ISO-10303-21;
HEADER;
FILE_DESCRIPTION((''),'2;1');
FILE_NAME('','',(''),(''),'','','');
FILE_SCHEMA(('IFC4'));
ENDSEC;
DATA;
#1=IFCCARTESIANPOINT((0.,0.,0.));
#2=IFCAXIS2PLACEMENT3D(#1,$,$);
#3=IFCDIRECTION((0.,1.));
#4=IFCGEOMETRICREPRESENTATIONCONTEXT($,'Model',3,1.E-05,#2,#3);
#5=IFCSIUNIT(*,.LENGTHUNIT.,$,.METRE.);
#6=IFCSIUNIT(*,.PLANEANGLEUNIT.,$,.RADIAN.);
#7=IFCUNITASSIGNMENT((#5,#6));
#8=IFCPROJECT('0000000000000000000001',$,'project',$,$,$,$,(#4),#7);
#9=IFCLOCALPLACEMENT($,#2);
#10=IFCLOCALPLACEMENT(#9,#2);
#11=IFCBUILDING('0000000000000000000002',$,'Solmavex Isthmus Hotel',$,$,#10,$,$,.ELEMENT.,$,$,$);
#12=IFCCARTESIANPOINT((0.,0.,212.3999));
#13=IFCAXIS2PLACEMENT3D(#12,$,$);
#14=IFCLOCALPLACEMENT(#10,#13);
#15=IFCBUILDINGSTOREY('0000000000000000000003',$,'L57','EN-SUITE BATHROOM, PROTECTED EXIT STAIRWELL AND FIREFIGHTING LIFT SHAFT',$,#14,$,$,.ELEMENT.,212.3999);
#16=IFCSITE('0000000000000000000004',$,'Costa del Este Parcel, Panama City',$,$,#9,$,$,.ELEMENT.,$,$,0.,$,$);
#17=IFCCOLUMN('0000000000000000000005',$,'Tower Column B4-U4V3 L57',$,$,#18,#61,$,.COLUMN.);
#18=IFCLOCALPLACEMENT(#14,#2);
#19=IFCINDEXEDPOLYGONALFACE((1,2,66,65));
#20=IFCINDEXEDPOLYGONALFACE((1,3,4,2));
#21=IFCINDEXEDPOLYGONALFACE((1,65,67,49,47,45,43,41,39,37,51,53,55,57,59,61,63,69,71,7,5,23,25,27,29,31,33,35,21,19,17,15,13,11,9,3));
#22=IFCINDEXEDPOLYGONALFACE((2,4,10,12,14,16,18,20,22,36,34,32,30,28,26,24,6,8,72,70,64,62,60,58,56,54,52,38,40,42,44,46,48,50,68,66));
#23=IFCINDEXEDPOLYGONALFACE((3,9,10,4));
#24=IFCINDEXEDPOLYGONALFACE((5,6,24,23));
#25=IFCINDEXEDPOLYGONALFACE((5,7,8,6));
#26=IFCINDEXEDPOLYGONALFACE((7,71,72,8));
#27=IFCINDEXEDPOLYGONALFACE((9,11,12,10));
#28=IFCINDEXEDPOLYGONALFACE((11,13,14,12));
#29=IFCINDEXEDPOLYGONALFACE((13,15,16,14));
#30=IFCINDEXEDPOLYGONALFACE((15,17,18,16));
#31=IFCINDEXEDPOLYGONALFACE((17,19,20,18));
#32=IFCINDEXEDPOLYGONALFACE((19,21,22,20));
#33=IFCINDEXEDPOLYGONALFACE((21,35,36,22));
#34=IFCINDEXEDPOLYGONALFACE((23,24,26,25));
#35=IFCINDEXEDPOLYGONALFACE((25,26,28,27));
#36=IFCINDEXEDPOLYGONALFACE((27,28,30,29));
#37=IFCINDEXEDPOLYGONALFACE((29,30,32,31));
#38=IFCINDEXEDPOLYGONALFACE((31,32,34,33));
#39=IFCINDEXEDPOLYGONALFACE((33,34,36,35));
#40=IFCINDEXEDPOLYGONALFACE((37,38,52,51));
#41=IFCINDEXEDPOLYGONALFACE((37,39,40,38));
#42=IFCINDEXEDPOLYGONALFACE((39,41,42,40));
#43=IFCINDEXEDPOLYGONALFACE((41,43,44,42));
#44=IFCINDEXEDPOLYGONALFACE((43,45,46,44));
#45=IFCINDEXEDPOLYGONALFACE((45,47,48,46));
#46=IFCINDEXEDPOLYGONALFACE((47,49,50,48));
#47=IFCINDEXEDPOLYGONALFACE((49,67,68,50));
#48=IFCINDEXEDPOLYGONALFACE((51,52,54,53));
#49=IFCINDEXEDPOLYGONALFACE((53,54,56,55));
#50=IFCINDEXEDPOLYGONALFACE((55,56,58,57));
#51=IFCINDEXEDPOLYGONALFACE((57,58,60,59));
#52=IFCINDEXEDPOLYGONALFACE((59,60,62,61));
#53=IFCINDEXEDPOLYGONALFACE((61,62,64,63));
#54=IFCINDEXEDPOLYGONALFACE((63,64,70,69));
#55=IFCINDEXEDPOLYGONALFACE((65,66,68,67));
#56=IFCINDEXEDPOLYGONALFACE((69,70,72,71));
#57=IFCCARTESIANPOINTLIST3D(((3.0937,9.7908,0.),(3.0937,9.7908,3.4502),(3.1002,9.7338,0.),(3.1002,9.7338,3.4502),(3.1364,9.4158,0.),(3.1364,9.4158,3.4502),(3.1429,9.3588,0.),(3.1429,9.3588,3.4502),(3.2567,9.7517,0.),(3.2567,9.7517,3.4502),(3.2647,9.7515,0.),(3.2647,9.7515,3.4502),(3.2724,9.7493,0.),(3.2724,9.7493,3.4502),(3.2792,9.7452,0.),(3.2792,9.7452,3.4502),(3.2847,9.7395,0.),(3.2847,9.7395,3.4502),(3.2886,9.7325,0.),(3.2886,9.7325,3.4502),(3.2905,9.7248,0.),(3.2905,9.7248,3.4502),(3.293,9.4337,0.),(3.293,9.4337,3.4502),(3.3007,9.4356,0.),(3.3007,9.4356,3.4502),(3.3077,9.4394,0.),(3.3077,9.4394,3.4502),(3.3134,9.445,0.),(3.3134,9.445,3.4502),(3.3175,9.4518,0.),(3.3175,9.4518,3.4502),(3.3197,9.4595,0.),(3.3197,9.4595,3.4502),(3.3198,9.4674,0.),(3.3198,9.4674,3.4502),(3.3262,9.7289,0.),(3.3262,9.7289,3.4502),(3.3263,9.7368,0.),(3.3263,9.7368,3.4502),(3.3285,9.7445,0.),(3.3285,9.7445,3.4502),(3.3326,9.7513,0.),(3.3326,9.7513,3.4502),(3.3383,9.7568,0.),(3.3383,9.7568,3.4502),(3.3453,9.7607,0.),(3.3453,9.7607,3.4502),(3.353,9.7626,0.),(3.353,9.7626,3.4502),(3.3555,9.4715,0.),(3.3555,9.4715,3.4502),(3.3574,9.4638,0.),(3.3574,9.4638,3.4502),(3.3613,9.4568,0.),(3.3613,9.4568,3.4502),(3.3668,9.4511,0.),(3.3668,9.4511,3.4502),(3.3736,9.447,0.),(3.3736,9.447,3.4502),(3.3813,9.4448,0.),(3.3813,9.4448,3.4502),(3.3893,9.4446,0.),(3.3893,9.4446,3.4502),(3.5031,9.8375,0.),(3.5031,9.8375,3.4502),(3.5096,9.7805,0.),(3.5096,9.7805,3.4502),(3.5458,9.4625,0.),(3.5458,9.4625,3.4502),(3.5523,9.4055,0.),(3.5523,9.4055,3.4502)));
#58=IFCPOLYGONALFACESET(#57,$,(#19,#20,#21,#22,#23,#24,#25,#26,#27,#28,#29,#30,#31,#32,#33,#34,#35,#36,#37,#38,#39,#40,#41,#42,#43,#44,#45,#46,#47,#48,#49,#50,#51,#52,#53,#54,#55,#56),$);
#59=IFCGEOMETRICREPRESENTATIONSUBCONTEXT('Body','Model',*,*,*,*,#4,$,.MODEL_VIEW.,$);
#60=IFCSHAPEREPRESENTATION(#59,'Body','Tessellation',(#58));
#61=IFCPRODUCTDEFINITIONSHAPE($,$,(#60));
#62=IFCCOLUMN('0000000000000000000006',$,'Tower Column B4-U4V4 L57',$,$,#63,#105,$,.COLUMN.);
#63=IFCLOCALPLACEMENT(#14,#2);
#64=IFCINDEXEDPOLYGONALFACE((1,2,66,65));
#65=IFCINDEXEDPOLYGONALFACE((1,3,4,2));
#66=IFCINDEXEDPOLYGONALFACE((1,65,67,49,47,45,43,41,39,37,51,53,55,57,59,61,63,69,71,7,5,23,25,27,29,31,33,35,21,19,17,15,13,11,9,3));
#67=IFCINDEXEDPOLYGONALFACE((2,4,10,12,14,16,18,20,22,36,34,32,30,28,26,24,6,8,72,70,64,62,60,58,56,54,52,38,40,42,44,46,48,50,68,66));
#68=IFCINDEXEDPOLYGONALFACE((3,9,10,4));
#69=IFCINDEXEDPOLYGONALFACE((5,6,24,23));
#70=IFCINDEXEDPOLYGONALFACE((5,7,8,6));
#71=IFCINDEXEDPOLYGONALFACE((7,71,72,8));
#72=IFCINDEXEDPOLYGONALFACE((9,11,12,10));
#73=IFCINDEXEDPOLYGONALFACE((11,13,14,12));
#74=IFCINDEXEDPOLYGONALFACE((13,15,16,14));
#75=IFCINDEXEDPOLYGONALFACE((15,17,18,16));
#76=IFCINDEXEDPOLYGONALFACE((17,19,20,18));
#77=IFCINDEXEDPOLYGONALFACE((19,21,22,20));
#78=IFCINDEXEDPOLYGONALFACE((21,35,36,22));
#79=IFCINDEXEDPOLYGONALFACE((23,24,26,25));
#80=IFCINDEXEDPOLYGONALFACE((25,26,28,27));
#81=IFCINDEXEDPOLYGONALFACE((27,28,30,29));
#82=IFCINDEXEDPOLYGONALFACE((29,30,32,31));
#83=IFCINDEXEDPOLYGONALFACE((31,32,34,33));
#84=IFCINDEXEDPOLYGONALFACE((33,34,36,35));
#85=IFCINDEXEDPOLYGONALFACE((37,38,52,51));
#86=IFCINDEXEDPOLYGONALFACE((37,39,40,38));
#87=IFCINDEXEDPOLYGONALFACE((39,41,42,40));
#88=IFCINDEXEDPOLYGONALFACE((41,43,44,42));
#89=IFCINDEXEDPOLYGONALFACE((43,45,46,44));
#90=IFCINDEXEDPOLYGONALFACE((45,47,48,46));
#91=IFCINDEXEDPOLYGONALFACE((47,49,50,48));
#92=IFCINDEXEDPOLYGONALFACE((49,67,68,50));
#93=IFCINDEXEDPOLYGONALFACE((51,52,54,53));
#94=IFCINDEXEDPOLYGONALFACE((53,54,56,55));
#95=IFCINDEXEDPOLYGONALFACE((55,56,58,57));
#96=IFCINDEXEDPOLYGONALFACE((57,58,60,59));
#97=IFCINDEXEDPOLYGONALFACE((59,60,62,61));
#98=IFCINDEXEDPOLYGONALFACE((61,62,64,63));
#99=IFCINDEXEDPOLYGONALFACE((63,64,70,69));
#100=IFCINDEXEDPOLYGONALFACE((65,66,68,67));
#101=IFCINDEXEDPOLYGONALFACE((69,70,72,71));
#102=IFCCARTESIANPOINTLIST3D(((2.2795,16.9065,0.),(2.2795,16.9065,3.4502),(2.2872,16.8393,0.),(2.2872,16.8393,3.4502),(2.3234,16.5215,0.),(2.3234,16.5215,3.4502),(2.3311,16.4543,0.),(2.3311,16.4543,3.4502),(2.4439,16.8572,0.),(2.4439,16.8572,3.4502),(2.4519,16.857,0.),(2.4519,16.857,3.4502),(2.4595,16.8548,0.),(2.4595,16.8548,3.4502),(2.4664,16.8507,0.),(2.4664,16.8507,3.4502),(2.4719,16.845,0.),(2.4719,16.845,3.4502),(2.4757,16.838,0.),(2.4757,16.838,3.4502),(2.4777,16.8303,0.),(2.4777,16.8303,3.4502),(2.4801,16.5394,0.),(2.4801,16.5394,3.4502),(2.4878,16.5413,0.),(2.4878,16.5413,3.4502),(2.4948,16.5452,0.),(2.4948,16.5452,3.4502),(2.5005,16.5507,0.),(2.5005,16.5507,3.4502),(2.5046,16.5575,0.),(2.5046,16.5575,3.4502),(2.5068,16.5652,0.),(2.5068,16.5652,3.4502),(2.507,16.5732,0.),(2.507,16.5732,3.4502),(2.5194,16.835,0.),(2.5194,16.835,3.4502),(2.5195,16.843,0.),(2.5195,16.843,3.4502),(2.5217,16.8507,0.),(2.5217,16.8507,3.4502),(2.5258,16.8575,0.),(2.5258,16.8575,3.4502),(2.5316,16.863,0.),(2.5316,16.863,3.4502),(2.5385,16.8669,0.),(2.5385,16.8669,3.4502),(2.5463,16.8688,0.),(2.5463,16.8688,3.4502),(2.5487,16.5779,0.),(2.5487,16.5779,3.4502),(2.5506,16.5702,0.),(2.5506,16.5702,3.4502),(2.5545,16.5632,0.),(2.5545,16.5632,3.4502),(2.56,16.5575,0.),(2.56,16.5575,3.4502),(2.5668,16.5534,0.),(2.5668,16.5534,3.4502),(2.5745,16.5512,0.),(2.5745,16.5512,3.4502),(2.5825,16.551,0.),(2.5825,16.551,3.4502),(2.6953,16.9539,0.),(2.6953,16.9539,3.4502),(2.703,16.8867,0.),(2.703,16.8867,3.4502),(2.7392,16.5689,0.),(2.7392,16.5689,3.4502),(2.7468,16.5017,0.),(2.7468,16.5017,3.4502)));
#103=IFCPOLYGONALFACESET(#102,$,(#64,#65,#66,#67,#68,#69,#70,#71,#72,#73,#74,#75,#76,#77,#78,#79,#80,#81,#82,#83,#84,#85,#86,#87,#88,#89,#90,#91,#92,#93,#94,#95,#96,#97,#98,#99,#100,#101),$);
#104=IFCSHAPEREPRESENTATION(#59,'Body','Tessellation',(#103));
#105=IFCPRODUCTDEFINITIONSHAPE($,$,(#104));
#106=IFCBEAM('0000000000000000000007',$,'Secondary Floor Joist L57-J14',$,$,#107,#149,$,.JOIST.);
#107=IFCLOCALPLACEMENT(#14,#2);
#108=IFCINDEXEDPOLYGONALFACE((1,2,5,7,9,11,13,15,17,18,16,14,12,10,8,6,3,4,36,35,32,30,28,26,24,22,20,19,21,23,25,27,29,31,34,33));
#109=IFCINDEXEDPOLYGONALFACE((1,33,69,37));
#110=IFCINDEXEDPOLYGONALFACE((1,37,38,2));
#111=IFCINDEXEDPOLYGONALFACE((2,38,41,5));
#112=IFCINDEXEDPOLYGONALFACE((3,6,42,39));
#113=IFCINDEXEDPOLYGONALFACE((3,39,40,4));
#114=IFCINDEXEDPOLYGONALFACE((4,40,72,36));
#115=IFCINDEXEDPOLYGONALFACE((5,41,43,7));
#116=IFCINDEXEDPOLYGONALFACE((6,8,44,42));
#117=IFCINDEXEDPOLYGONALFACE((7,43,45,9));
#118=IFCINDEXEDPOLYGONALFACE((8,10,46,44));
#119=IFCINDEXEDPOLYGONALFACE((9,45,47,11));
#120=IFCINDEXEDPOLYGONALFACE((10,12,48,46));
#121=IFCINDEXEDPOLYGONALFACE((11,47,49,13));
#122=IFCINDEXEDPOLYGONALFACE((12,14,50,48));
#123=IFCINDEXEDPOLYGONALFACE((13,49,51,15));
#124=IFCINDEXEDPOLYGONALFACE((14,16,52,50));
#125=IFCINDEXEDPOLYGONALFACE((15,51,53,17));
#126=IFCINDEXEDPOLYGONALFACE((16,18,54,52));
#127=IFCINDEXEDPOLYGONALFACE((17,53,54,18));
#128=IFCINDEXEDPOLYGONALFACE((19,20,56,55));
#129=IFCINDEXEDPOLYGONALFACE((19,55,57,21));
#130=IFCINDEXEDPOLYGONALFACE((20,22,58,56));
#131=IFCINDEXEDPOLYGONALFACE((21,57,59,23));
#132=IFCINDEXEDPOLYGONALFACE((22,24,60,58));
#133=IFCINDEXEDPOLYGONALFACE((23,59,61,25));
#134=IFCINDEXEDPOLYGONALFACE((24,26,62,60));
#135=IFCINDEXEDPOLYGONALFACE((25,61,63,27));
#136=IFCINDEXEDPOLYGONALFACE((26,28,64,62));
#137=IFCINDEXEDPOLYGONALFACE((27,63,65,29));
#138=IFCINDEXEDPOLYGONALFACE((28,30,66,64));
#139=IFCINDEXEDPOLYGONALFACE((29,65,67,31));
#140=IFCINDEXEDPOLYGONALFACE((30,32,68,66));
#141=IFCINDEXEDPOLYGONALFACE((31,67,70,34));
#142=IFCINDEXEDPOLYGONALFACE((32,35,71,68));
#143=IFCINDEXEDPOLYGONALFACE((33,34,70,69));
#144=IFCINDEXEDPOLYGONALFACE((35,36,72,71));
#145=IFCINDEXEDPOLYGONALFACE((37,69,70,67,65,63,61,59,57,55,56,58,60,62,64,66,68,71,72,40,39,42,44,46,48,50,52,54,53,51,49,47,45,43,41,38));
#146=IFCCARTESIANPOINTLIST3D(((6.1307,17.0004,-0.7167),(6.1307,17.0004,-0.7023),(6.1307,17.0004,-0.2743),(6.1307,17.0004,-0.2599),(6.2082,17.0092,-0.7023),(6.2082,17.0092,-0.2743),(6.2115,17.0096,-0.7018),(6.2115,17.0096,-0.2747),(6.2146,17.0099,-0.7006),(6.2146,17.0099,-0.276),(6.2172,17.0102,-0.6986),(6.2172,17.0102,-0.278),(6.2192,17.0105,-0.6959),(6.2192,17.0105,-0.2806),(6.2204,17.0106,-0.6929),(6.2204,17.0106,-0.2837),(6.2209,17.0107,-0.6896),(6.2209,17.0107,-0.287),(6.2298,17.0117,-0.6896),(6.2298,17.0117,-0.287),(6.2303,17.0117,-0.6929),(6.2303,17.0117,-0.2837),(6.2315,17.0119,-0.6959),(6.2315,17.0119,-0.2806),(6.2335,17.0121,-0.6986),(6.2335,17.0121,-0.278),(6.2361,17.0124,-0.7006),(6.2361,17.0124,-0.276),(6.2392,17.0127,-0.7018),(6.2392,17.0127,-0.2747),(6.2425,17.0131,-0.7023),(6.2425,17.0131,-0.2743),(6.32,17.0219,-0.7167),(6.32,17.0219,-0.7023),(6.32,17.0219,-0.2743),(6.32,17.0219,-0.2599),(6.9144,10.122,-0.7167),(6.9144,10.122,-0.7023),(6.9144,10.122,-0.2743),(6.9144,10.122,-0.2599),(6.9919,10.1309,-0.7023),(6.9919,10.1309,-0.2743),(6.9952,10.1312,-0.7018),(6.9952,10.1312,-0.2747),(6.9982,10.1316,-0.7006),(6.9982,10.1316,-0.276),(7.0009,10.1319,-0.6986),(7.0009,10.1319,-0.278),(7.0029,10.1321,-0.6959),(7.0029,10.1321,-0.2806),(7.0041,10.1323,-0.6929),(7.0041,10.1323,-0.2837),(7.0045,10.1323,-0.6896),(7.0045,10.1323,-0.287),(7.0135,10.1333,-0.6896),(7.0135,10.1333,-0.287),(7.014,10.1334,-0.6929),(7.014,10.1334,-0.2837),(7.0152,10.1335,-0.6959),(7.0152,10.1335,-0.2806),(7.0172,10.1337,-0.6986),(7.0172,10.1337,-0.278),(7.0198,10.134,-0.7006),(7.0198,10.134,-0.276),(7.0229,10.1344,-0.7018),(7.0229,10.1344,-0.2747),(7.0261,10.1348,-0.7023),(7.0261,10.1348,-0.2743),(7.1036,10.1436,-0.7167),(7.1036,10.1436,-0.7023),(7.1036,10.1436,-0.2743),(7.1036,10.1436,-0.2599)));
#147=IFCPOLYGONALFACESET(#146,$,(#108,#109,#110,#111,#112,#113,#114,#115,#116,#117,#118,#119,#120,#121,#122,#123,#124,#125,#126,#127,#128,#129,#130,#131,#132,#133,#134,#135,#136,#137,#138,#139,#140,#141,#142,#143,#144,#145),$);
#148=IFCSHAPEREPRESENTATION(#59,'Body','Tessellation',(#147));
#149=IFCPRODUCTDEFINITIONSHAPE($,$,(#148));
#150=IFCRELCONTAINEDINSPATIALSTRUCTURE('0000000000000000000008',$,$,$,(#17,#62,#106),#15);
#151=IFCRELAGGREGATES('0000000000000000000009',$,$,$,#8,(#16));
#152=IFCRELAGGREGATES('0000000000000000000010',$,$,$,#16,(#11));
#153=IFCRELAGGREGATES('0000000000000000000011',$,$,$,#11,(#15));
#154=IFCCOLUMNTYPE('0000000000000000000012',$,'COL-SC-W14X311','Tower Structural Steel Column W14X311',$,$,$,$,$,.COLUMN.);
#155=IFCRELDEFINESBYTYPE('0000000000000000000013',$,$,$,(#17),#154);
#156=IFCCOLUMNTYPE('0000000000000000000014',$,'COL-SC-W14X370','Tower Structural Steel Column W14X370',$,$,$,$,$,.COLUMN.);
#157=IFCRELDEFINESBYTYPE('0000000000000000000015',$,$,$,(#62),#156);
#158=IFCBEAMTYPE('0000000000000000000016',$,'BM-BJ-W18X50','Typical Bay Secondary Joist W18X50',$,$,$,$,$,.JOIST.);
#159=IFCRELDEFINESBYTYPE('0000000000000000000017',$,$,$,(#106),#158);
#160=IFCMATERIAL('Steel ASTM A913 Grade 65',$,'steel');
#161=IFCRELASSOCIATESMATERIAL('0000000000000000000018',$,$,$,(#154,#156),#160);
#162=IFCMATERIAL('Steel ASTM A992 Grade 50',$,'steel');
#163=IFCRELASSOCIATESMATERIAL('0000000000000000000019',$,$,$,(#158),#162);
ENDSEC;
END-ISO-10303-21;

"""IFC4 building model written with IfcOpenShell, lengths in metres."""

from ifc_helpers import new_model, si_unit, direction, frame, origin, origin_2d, place, context, subcontext, project, spatial, i_section, extrude, material, material_profile, profile_set, type_object, element, save


model = new_model("IFC4")

# Units and contexts
model_context = context("Model", 3, precision=1e-05, world=origin(), true_north=direction((0.0, 1.0)))
body_context = subcontext(model_context, "Body", "Model", "MODEL_VIEW")
ifc_project = project(units=[si_unit("LENGTHUNIT", "METRE"), si_unit("PLANEANGLEUNIT", "RADIAN")], contexts=[model_context])

# Site, building, storey
site_placement = place(None, origin())
site = spatial("IfcSite", under=ifc_project, at=site_placement, Name="Costa del Este Parcel, Panama City", CompositionType="ELEMENT", RefElevation=0.0)
building_placement = place(site_placement, origin())
building = spatial("IfcBuilding", under=site, at=building_placement, Name="Solmavex Isthmus Hotel", CompositionType="ELEMENT")
storey_placement = place(building_placement, frame((0.0, 0.0, 212.3999)))
storey = spatial("IfcBuildingStorey", under=building, at=storey_placement, Name="L57", Description="EN-SUITE BATHROOM, PROTECTED EXIT STAIRWELL AND FIREFIGHTING LIFT SHAFT", CompositionType="ELEMENT", Elevation=212.3999)

# Columns
ifc_material_1 = material(Name="Steel ASTM A913 Grade 65", Category="steel")
ifc_material_profile_1 = material_profile(ifc_material_1, i_section(OverallWidth=0.4121, OverallDepth=0.4348, WebThickness=0.0359, FlangeThickness=0.0574, FilletRadius=0.0305, at=origin_2d()), Name="W14X311")
ifc_profile_set_1 = profile_set([ifc_material_profile_1], Name="Steel ASTM A913 Grade 65")
column_type_1 = type_object("IfcColumnType", Name="COL-SC-W14X311", Description="Tower Structural Steel Column W14X311", PredefinedType="COLUMN", material=ifc_profile_set_1)
column_1_placement = place(storey_placement, frame((3.323, 9.5981, 0.0), z_axis=(0.0, 0.0, 1.0), x_axis=(0.993572, 0.113203, 0.0)))
element("IfcColumn", 1, at=column_1_placement, inside=storey, type_object=column_type_1, Name="Tower Column B4-U4V3 L57", PredefinedType="COLUMN", context=body_context, shape_type="SweptSolid", body=[
    extrude(i_section(OverallWidth=0.4121, OverallDepth=0.4348, WebThickness=0.0359, FlangeThickness=0.0574, FilletRadius=0.0305, at=origin_2d()), origin(), (0.0, 0.0, 1.0), 3.4502),
])
ifc_material_profile_2 = material_profile(ifc_material_1, i_section(OverallWidth=0.4185, OverallDepth=0.4551, WebThickness=0.042, FlangeThickness=0.0676, FilletRadius=0.0305, at=origin_2d()), Name="W14X370")
ifc_profile_set_2 = profile_set([ifc_material_profile_2], Name="Steel ASTM A913 Grade 65")
column_type_2 = type_object("IfcColumnType", Name="COL-SC-W14X370", Description="Tower Structural Steel Column W14X370", PredefinedType="COLUMN", material=ifc_profile_set_2)
column_2_placement = place(storey_placement, frame((2.5132, 16.7041, 0.0), z_axis=(0.0, 0.0, 1.0), x_axis=(0.993572, 0.113203, 0.0)))
element("IfcColumn", 2, at=column_2_placement, inside=storey, type_object=column_type_2, Name="Tower Column B4-U4V4 L57", PredefinedType="COLUMN", context=body_context, shape_type="SweptSolid", body=[
    extrude(i_section(OverallWidth=0.4185, OverallDepth=0.4551, WebThickness=0.042, FlangeThickness=0.0676, FilletRadius=0.0305, at=origin_2d()), origin(), (0.0, 0.0, 1.0), 3.4502),
])

# Beam
ifc_material_2 = material(Name="Steel ASTM A992 Grade 50", Category="steel")
ifc_material_profile_3 = material_profile(ifc_material_2, i_section(OverallWidth=0.1904, OverallDepth=0.4568, WebThickness=0.009, FlangeThickness=0.0144, FilletRadius=0.0127, at=origin_2d()), Name="W18X50")
ifc_profile_set_3 = profile_set([ifc_material_profile_3], Name="Steel ASTM A992 Grade 50")
beam_type_1 = type_object("IfcBeamType", Name="BM-BJ-W18X50", Description="Typical Bay Secondary Joist W18X50", PredefinedType="JOIST", material=ifc_profile_set_3)
beam_1_placement = place(storey_placement, frame((7.009, 10.1328, -0.4883), z_axis=(-0.113202, 0.993572, 0.0), x_axis=(-0.993572, -0.113202, 0.0)))
element("IfcBeam", 3, at=beam_1_placement, inside=storey, type_object=beam_type_1, Name="Secondary Floor Joist L57-J14", PredefinedType="JOIST", context=body_context, shape_type="SweptSolid", body=[
    extrude(i_section(OverallWidth=0.1904, OverallDepth=0.4568, WebThickness=0.009, FlangeThickness=0.0144, FilletRadius=0.0127, at=origin_2d()), origin(), (0.0, 0.0, 1.0), 6.9229),
])

save(model, "model.ifc")
